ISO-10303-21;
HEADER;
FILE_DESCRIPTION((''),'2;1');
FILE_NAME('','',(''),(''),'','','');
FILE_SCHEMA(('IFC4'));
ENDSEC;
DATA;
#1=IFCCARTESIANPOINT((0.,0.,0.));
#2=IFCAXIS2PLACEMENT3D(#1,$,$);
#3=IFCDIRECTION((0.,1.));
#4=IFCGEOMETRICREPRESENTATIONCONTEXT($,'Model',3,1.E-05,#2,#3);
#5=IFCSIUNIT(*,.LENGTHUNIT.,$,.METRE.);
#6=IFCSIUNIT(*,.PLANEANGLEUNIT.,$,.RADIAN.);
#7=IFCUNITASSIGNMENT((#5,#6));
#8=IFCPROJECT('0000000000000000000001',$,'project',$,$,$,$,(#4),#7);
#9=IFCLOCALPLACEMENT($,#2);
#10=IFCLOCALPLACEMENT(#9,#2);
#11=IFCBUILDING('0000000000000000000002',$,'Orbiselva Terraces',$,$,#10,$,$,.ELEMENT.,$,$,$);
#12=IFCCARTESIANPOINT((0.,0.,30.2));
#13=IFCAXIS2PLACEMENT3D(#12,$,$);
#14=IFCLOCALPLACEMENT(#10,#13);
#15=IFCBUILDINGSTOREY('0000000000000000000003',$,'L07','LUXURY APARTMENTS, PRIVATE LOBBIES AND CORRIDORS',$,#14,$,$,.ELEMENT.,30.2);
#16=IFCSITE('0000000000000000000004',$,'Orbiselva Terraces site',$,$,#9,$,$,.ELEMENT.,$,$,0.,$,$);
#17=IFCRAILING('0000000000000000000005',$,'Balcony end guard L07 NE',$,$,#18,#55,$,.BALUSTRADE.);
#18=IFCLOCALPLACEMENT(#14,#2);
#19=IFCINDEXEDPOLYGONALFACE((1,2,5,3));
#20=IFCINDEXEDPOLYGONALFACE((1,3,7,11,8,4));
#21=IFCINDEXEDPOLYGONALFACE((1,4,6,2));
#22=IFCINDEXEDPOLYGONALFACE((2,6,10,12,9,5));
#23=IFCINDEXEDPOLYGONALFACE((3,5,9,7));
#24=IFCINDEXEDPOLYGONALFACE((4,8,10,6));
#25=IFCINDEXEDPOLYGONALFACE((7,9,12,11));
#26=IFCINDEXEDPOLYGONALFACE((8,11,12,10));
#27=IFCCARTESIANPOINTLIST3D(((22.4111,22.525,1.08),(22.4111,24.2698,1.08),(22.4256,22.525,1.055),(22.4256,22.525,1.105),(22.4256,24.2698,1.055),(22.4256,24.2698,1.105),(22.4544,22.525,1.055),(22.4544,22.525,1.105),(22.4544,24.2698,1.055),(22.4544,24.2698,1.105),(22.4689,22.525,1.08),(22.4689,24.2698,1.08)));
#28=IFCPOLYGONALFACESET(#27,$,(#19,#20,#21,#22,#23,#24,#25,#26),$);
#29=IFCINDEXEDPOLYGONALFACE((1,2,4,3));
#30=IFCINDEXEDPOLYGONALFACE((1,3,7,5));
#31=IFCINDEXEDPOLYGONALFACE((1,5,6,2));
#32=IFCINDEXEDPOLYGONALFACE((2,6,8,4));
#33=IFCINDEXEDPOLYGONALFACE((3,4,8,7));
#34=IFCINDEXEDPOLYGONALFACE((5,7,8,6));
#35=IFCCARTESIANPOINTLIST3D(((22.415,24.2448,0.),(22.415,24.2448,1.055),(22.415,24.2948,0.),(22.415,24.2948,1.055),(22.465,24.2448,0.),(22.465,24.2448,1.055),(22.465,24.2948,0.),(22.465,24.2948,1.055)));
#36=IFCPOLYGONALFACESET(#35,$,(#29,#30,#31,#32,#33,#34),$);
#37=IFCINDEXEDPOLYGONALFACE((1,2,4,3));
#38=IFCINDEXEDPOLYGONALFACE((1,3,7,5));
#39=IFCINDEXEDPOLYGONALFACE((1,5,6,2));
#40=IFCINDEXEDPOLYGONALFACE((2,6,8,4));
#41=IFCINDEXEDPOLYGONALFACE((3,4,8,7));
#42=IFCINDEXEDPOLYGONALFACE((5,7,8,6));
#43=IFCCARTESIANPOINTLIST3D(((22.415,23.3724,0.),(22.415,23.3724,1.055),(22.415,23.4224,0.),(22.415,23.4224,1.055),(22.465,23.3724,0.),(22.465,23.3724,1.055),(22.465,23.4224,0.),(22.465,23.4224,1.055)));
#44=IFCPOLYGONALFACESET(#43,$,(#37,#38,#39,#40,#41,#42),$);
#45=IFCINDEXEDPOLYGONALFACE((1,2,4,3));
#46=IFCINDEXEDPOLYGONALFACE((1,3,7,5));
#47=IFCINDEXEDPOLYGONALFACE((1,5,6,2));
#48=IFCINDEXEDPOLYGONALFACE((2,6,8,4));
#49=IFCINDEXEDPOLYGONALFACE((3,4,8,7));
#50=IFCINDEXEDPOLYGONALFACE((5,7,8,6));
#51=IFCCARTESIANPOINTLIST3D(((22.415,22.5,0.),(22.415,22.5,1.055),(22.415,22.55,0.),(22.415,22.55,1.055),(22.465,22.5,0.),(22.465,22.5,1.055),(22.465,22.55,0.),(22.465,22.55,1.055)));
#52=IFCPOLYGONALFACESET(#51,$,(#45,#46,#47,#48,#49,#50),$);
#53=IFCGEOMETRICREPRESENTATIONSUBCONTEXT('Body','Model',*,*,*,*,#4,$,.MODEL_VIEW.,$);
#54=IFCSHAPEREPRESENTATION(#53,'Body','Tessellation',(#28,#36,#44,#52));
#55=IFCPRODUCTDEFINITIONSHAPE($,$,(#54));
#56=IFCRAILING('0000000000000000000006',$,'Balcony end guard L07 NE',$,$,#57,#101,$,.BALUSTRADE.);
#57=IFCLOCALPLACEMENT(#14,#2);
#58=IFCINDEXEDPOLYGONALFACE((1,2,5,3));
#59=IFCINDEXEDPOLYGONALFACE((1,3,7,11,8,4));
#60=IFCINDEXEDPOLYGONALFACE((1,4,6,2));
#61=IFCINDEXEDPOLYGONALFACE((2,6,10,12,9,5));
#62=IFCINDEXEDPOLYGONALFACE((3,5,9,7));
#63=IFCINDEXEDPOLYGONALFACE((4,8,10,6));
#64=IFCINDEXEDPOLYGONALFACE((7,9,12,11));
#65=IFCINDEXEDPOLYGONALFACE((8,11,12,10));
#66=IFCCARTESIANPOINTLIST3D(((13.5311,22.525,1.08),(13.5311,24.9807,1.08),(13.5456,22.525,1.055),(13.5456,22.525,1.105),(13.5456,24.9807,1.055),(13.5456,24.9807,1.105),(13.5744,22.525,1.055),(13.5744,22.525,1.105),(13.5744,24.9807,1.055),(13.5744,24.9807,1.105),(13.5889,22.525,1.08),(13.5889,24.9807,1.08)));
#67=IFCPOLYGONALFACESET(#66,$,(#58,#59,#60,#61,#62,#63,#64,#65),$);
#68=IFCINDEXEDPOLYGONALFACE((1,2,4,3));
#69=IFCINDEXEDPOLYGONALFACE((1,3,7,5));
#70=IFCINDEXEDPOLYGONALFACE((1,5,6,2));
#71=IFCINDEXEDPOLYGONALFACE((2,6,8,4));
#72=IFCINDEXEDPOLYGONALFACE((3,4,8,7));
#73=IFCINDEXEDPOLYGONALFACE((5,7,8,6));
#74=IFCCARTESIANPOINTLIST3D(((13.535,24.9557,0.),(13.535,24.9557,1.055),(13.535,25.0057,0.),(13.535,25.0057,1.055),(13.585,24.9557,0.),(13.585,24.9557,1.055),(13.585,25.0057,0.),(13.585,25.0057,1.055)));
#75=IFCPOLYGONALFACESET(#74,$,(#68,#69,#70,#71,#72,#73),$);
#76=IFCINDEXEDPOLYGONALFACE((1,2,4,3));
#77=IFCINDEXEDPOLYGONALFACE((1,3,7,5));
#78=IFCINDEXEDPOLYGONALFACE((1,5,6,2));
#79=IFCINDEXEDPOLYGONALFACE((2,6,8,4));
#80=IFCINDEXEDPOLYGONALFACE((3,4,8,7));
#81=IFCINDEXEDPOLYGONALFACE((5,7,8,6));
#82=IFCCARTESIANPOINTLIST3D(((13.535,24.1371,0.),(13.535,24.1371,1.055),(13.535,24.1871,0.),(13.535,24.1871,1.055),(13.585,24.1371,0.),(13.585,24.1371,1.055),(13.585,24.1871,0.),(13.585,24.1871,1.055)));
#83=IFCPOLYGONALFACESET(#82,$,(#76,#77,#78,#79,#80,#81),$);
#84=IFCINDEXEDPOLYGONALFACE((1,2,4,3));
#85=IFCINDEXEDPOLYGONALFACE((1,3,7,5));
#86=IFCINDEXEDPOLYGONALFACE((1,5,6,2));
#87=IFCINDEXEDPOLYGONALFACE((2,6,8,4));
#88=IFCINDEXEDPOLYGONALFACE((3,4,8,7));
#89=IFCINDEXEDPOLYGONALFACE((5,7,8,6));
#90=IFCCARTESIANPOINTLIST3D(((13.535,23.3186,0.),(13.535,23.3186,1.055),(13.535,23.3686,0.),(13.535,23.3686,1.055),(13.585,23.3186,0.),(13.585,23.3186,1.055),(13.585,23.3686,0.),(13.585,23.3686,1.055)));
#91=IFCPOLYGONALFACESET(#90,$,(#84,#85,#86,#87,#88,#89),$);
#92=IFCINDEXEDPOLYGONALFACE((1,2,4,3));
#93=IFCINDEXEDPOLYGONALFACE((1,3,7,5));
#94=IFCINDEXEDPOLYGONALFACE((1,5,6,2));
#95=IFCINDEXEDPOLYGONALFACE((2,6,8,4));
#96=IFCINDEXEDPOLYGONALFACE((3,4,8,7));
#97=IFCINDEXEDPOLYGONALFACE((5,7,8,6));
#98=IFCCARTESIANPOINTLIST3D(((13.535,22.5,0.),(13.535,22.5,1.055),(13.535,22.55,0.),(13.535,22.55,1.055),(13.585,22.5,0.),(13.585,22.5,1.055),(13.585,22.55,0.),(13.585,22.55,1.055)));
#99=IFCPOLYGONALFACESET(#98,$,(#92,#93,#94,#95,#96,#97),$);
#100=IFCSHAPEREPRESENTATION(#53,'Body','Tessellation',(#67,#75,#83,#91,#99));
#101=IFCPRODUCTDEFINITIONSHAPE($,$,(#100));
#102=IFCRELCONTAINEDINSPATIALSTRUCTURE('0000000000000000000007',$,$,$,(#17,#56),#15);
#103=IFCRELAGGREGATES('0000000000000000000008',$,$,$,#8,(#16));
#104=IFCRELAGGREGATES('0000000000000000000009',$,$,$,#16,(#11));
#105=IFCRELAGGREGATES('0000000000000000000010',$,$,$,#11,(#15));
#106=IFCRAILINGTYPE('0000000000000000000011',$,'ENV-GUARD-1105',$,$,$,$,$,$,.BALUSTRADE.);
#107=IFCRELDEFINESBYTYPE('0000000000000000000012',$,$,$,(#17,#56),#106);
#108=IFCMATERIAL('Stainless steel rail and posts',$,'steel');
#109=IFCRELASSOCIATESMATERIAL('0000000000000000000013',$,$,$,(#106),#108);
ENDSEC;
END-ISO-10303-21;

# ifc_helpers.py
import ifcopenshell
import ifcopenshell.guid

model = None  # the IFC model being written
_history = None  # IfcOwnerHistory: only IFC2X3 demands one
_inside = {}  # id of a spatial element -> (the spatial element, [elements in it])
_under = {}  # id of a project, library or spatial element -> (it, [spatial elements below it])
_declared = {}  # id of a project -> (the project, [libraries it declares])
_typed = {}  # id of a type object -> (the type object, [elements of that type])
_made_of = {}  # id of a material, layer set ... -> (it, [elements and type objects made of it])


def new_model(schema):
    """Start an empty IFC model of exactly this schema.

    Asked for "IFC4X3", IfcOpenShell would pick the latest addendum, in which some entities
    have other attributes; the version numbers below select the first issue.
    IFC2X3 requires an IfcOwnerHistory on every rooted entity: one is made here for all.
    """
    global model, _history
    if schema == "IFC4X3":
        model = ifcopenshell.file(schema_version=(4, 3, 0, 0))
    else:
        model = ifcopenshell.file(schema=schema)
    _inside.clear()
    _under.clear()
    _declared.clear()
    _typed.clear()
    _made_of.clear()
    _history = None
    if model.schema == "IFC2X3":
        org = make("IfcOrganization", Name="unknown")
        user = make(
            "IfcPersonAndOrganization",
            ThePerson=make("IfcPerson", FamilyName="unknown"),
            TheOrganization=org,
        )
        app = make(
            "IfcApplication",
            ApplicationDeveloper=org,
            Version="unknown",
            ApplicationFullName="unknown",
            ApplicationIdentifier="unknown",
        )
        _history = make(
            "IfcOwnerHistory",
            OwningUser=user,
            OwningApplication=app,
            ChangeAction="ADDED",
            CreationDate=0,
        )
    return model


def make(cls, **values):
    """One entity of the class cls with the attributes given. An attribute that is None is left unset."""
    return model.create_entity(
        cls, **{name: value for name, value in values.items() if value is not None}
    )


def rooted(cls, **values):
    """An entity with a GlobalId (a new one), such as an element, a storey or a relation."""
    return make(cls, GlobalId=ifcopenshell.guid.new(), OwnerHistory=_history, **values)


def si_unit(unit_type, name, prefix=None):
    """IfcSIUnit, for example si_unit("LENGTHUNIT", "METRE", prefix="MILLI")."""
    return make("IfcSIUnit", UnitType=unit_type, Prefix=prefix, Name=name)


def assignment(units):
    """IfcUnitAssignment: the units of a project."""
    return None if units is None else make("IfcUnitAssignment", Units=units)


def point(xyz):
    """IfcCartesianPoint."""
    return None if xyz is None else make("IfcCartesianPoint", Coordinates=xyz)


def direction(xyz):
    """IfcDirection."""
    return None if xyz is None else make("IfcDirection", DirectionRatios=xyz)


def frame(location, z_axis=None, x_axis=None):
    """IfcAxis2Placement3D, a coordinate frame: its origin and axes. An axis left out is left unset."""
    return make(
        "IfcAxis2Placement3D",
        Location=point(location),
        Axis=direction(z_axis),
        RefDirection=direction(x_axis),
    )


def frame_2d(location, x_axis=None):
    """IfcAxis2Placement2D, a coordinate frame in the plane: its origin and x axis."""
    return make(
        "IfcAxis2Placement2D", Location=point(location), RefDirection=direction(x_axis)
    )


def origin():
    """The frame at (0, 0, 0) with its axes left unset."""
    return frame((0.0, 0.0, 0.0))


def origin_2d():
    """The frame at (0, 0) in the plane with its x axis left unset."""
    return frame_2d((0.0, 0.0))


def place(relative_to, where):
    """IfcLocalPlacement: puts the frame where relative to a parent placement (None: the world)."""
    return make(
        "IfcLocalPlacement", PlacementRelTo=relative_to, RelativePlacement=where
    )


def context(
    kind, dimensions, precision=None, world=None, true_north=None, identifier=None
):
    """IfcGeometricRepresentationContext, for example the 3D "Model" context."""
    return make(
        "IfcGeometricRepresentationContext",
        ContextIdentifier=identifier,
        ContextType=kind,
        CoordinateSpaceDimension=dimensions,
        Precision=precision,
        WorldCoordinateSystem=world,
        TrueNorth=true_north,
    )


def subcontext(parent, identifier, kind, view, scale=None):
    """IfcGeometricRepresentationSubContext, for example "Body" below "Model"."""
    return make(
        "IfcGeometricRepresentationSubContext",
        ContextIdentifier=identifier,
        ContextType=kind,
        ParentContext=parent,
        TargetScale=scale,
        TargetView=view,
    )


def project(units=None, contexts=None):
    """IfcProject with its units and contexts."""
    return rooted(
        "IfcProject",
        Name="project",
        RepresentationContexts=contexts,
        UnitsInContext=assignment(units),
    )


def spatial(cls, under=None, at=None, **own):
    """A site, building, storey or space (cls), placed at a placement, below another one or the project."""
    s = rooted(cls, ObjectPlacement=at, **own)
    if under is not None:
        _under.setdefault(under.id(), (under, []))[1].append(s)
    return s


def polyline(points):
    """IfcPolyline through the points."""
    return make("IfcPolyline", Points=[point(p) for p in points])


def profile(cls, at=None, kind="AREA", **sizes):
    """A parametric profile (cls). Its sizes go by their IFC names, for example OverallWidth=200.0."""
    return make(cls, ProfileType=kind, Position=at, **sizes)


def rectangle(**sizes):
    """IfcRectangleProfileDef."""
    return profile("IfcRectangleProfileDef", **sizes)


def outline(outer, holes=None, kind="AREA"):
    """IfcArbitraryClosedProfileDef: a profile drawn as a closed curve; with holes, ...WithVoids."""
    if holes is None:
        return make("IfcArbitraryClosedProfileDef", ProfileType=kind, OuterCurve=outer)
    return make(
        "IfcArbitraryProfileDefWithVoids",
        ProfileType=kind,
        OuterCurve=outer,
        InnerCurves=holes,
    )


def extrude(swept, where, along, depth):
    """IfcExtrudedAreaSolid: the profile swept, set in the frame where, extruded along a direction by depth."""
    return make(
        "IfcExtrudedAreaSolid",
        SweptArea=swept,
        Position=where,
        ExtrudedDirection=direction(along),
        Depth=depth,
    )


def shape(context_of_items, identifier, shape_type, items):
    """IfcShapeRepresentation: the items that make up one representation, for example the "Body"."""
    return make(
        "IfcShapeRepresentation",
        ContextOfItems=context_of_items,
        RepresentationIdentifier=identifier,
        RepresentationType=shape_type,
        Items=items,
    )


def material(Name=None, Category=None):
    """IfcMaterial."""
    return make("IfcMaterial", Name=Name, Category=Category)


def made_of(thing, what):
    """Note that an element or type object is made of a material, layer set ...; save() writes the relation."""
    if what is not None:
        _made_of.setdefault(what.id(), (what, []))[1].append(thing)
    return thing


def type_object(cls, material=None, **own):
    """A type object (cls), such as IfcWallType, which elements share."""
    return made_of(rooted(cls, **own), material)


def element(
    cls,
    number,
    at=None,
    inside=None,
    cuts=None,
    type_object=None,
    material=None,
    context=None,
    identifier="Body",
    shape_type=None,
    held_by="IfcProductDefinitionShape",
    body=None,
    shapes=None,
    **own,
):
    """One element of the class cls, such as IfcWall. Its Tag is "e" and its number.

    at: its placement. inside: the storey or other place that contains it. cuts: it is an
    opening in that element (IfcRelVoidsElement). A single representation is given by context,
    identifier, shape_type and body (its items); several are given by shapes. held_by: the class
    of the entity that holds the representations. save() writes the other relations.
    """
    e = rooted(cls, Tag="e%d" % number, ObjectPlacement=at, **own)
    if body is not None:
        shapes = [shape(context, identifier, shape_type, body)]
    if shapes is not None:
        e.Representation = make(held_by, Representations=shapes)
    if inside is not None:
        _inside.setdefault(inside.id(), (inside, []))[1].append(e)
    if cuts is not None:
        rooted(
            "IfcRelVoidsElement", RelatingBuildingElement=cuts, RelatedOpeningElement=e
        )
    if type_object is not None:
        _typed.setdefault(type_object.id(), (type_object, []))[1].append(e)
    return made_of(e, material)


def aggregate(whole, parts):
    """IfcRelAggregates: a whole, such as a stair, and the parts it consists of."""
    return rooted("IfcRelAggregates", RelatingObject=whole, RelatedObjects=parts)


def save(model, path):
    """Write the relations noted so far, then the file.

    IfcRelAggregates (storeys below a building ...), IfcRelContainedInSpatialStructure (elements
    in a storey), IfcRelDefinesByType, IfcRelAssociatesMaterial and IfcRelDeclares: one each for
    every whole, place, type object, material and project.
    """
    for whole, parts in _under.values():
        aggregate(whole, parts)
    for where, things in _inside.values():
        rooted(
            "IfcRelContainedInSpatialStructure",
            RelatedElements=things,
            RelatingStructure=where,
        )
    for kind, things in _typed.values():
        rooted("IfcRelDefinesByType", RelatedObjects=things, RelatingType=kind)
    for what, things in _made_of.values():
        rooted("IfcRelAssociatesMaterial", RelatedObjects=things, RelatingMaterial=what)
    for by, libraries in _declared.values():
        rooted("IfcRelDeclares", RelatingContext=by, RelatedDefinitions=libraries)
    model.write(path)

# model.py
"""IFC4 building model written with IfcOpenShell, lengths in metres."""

from ifc_helpers import new_model, si_unit, direction, frame, origin, origin_2d, place, context, subcontext, project, spatial, polyline, rectangle, outline, extrude, material, type_object, element, save


model = new_model("IFC4")

# Units and contexts
model_context = context("Model", 3, precision=1e-05, world=origin(), true_north=direction((0.0, 1.0)))
body_context = subcontext(model_context, "Body", "Model", "MODEL_VIEW")
ifc_project = project(units=[si_unit("LENGTHUNIT", "METRE"), si_unit("PLANEANGLEUNIT", "RADIAN")], contexts=[model_context])

# Site, building, storey
site_placement = place(None, origin())
site = spatial("IfcSite", under=ifc_project, at=site_placement, Name="Orbiselva Terraces site", CompositionType="ELEMENT", RefElevation=0.0)
building_placement = place(site_placement, origin())
building = spatial("IfcBuilding", under=site, at=building_placement, Name="Orbiselva Terraces", CompositionType="ELEMENT")
storey_placement = place(building_placement, frame((0.0, 0.0, 30.2)))
storey = spatial("IfcBuildingStorey", under=building, at=storey_placement, Name="L07", Description="LUXURY APARTMENTS, PRIVATE LOBBIES AND CORRIDORS", CompositionType="ELEMENT", Elevation=30.2)

# Railings
ifc_material_1 = material(Name="Stainless steel rail and posts", Category="steel")
railing_type_1 = type_object("IfcRailingType", Name="ENV-GUARD-1105", PredefinedType="BALUSTRADE", material=ifc_material_1)
railing_1_placement = place(storey_placement, frame((22.44, 24.2698, 0.0)))
element("IfcRailing", 1, at=railing_1_placement, inside=storey, type_object=railing_type_1, Name="Balcony end guard L07 NE", PredefinedType="BALUSTRADE", context=body_context, shape_type="SweptSolid", body=[
    extrude(outline(polyline([(0.0289, 0.0), (0.0144, 0.025), (-0.0144, 0.025), (-0.0289, 0.0), (-0.0144, -0.025), (0.0144, -0.025), (0.0289, 0.0)])), frame((0.0, 0.0, 1.08), z_axis=(0.0, -1.0, 0.0), x_axis=(1.0, 0.0, 0.0)), (0.0, 0.0, 1.0), 1.7448),
    extrude(rectangle(XDim=0.05, YDim=0.05, at=origin_2d()), origin(), (0.0, 0.0, 1.0), 1.055),
    extrude(rectangle(XDim=0.05, YDim=0.05, at=origin_2d()), frame((0.0, -0.8724, 0.0)), (0.0, 0.0, 1.0), 1.055),
    extrude(rectangle(XDim=0.05, YDim=0.05, at=origin_2d()), frame((0.0, -1.7448, 0.0)), (0.0, 0.0, 1.0), 1.055),
])
railing_2_placement = place(storey_placement, frame((13.56, 24.9807, 0.0)))
element("IfcRailing", 2, at=railing_2_placement, inside=storey, type_object=railing_type_1, Name="Balcony end guard L07 NE", PredefinedType="BALUSTRADE", context=body_context, shape_type="SweptSolid", body=[
    extrude(outline(polyline([(0.0289, 0.0), (0.0144, 0.025), (-0.0144, 0.025), (-0.0289, 0.0), (-0.0144, -0.025), (0.0144, -0.025), (0.0289, 0.0)])), frame((0.0, 0.0, 1.08), z_axis=(0.0, -1.0, 0.0), x_axis=(1.0, 0.0, 0.0)), (0.0, 0.0, 1.0), 2.4557),
    extrude(rectangle(XDim=0.05, YDim=0.05, at=origin_2d()), origin(), (0.0, 0.0, 1.0), 1.055),
    extrude(rectangle(XDim=0.05, YDim=0.05, at=origin_2d()), frame((0.0, -0.8186, 0.0)), (0.0, 0.0, 1.0), 1.055),
    extrude(rectangle(XDim=0.05, YDim=0.05, at=origin_2d()), frame((0.0, -1.6371, 0.0)), (0.0, 0.0, 1.0), 1.055),
    extrude(rectangle(XDim=0.05, YDim=0.05, at=origin_2d()), frame((0.0, -2.4557, 0.0)), (0.0, 0.0, 1.0), 1.055),
])

save(model, "model.ifc")
